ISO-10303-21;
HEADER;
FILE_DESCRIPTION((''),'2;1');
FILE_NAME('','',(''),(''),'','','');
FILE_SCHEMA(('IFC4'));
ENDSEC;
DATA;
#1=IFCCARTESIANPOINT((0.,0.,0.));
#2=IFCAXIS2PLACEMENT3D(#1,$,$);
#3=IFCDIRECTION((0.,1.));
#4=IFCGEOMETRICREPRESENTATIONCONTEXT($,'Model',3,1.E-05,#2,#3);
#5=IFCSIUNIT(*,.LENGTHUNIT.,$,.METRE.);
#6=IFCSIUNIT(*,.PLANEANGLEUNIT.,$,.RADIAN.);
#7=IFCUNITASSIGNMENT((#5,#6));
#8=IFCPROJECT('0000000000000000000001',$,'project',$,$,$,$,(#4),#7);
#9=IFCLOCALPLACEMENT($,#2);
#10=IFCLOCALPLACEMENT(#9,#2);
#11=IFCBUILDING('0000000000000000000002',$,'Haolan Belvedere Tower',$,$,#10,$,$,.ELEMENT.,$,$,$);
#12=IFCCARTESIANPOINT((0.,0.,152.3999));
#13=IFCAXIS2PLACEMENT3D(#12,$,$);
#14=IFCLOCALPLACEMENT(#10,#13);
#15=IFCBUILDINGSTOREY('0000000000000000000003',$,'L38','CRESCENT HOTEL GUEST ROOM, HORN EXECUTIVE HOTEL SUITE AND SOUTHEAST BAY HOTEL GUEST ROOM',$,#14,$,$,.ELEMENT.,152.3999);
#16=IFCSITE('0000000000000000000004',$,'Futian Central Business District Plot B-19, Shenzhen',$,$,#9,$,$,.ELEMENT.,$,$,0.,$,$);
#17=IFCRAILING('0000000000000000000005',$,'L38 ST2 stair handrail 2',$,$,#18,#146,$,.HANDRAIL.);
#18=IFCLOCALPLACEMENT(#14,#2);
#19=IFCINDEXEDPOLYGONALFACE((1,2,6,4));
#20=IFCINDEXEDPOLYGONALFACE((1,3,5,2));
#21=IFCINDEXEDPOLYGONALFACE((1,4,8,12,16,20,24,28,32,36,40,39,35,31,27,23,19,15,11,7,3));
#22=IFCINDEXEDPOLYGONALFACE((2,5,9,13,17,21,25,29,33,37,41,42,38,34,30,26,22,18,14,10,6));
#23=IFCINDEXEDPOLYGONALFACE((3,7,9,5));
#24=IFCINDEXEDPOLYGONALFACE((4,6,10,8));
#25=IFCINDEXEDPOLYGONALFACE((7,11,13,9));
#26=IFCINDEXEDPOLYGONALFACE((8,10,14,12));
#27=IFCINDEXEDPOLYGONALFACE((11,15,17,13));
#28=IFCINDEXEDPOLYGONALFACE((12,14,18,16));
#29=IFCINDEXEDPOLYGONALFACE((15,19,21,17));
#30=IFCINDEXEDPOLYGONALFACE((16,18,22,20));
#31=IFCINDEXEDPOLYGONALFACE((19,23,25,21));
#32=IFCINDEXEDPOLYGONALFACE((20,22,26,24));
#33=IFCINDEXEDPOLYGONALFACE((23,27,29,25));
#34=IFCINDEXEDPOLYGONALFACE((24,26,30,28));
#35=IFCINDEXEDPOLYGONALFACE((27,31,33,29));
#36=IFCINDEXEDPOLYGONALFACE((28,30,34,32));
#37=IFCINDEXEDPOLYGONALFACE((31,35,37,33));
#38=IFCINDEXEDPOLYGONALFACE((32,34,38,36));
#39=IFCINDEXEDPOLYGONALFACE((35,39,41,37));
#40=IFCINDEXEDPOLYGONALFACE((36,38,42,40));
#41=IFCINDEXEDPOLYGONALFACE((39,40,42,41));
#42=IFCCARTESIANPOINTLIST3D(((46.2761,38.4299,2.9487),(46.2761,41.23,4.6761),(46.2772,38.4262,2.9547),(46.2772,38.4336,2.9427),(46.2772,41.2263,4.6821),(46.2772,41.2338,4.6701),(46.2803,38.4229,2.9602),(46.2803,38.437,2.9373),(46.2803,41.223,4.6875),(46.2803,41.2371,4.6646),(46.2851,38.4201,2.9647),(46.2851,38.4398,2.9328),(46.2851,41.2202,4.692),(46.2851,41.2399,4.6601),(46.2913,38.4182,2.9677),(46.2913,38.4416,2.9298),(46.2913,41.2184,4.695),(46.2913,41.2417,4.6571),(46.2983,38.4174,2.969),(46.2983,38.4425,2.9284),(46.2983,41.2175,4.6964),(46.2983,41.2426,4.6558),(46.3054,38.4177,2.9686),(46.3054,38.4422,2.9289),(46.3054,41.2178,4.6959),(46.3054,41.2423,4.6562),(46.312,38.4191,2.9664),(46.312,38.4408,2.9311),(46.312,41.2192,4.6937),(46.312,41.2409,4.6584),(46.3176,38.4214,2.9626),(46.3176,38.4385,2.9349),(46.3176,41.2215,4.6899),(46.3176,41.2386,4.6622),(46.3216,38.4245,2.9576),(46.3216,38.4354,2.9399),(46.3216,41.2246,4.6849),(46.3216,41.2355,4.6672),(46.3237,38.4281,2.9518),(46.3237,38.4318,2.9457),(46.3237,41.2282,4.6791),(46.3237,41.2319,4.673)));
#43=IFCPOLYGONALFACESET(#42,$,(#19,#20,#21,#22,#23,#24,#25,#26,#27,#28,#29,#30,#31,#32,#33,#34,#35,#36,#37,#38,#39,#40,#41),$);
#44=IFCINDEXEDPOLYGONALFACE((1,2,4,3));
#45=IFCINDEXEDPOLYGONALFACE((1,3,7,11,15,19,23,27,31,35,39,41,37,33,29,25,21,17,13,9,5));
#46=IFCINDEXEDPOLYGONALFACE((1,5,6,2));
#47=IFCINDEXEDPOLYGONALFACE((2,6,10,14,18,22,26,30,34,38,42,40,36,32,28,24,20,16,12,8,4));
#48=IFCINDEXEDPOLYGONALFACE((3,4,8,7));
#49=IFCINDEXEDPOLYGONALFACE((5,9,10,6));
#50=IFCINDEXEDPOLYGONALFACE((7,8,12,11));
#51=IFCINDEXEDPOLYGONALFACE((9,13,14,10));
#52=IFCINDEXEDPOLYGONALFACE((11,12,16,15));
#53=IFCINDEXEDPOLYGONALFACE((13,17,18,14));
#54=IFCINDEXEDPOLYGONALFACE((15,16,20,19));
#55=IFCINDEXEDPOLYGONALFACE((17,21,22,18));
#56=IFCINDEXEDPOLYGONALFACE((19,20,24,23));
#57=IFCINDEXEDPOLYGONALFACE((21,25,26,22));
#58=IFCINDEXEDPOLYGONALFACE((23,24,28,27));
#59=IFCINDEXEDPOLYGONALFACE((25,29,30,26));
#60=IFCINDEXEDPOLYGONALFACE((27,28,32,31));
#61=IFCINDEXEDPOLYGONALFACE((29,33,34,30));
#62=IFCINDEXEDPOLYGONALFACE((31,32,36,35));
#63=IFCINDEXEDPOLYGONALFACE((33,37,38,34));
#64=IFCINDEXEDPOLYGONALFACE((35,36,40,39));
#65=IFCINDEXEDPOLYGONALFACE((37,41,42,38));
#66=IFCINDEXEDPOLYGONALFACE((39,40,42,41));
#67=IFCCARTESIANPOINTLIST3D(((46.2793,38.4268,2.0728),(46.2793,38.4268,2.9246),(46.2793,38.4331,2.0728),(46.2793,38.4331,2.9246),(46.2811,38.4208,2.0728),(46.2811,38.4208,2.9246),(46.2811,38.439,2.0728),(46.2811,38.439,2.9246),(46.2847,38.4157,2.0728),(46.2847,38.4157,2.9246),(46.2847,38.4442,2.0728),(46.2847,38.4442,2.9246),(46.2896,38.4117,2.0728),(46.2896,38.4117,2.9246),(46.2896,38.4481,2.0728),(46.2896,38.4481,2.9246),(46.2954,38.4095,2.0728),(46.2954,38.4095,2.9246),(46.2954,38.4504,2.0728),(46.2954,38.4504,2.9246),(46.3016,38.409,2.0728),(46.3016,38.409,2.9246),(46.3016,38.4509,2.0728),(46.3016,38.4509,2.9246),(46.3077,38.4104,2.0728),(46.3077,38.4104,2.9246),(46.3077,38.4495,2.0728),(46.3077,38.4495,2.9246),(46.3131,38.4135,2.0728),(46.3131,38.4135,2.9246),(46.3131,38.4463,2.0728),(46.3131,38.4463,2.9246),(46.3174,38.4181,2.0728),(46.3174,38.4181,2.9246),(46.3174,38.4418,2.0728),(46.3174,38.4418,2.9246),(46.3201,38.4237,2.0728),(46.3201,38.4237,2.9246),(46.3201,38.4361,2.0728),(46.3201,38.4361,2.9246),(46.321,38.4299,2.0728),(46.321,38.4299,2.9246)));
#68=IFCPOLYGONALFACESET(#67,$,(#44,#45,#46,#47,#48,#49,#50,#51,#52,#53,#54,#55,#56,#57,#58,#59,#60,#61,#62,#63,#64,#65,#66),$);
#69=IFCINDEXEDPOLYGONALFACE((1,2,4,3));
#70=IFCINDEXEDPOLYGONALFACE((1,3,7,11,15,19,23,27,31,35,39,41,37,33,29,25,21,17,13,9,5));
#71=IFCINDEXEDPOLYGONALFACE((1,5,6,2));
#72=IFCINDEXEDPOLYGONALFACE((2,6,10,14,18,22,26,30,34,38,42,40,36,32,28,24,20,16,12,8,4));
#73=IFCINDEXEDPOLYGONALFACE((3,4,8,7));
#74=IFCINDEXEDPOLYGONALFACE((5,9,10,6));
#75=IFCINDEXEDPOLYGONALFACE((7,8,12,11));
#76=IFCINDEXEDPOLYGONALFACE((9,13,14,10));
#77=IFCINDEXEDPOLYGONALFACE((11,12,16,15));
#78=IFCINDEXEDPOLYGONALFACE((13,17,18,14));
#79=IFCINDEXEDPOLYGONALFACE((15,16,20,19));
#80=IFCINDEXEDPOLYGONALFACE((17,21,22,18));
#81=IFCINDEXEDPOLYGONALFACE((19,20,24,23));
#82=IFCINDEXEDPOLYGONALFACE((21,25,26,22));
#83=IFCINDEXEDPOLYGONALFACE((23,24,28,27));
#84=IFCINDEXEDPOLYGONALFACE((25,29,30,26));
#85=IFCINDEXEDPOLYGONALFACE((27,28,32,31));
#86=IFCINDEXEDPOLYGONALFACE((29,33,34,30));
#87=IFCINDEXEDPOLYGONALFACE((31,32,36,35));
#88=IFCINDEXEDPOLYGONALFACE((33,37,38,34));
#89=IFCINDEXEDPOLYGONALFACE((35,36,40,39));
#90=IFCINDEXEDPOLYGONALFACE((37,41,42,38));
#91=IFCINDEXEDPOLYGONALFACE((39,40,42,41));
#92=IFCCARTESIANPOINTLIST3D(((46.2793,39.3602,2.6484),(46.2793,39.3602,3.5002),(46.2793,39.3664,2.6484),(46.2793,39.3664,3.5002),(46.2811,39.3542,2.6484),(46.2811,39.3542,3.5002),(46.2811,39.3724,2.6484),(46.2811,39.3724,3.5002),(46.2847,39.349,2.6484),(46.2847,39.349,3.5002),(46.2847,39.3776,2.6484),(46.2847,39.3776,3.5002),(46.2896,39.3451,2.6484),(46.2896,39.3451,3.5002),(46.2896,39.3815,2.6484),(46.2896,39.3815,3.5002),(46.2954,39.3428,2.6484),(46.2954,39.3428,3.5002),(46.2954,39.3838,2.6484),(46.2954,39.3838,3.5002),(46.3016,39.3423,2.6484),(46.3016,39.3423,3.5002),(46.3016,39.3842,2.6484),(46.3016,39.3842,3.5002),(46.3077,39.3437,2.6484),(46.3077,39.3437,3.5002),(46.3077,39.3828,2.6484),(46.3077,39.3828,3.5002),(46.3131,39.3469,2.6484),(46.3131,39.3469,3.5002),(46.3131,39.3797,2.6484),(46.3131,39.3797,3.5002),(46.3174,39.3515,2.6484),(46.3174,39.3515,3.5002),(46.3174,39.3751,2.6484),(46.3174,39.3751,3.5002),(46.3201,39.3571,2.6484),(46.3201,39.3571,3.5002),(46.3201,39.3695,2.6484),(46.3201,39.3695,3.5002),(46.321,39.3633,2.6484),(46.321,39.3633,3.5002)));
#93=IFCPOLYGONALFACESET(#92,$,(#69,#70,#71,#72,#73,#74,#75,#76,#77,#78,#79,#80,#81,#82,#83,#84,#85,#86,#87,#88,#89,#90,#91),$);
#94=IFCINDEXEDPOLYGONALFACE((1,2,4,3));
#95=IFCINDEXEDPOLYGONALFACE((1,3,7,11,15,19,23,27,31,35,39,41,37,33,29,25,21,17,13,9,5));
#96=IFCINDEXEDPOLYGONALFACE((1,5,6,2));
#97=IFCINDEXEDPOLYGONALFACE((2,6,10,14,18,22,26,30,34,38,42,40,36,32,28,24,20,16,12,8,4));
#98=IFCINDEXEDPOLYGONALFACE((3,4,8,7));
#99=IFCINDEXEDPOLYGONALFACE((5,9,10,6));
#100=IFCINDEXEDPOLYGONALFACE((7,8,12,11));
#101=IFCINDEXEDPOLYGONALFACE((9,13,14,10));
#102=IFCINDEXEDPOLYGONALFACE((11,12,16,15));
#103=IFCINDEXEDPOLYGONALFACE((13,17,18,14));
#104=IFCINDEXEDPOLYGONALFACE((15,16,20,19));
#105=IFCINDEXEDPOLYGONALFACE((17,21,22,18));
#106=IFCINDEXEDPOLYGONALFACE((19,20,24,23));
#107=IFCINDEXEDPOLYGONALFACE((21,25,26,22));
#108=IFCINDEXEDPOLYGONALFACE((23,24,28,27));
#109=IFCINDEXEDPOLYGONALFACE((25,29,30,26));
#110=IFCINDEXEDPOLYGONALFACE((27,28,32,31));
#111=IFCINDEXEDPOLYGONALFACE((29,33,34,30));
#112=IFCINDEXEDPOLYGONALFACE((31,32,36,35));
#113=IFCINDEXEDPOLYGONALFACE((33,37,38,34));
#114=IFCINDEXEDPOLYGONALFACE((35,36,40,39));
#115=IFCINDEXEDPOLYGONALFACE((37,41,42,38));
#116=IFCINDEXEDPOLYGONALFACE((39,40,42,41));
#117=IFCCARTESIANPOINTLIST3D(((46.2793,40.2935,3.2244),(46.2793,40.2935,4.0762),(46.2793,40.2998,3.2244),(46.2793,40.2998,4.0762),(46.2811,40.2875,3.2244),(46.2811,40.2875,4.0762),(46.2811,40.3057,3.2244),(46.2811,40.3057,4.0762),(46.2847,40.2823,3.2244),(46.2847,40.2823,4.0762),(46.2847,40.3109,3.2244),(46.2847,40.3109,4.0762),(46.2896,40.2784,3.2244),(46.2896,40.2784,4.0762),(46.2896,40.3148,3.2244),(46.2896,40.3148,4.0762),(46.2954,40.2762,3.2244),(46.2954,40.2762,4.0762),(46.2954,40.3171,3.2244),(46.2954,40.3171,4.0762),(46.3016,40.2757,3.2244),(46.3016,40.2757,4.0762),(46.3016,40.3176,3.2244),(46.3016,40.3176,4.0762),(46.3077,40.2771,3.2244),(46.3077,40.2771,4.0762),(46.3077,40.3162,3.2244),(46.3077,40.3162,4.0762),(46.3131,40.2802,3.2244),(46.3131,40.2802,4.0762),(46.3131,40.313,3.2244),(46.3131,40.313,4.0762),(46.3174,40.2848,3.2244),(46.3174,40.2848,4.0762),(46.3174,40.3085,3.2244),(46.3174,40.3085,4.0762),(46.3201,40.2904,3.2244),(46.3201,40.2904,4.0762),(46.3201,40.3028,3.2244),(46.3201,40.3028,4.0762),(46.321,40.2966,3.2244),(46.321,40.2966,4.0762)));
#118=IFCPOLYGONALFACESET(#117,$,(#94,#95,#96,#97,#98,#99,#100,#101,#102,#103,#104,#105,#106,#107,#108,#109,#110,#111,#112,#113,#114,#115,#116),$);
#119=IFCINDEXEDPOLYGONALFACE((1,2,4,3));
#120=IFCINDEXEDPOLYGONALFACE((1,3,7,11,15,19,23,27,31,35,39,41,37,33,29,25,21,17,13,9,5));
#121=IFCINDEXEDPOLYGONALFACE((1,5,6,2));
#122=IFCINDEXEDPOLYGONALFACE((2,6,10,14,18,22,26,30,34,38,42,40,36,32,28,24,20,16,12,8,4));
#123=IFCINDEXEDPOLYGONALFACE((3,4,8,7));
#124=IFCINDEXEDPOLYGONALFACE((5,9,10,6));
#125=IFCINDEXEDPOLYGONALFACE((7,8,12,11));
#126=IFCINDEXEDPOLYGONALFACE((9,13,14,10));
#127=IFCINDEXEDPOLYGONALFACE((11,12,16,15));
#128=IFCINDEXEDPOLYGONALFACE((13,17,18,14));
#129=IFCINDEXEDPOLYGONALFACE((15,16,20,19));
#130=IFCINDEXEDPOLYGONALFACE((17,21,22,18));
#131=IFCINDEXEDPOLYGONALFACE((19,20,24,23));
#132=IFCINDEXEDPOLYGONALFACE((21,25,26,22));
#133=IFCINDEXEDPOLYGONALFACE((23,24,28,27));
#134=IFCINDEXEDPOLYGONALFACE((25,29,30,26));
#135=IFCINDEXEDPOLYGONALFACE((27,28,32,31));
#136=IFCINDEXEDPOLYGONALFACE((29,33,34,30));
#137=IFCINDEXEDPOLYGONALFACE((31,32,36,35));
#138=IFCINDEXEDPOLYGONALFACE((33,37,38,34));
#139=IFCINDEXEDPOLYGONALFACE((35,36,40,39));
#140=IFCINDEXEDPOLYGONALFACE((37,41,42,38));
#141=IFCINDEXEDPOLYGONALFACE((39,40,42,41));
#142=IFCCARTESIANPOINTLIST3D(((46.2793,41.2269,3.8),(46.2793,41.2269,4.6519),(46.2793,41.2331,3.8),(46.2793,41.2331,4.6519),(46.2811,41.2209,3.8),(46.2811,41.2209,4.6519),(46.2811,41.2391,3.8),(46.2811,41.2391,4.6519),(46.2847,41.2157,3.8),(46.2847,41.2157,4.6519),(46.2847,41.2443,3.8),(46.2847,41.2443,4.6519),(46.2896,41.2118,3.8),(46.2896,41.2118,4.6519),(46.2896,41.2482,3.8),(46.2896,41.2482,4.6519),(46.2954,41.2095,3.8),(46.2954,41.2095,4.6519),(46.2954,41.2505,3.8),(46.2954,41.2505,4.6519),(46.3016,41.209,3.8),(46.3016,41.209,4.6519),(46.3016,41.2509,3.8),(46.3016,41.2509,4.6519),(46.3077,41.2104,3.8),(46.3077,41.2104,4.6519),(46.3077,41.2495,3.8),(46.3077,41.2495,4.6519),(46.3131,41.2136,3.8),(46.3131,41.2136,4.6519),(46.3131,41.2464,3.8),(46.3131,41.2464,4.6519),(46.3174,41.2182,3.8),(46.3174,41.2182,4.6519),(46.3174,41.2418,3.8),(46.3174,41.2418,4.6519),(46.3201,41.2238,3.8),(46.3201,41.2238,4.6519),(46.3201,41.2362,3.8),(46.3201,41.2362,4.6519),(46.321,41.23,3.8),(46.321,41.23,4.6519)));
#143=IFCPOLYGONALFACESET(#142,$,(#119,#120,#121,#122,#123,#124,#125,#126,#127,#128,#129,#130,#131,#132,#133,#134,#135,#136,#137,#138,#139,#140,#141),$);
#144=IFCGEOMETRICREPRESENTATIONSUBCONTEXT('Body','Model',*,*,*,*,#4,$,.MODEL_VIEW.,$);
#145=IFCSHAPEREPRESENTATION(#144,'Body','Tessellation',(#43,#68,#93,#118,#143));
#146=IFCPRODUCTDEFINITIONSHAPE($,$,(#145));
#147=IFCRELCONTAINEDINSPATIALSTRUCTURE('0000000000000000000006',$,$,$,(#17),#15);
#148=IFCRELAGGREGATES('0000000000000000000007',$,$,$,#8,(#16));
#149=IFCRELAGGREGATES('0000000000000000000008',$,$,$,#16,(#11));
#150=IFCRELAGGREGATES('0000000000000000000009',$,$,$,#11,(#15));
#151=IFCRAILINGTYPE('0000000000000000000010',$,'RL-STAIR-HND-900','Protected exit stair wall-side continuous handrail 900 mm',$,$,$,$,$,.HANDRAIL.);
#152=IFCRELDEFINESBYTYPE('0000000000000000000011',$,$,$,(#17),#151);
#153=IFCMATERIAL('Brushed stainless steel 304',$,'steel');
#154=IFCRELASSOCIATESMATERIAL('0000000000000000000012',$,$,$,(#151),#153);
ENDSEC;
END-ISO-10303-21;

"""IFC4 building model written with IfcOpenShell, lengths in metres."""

from ifc_helpers import new_model, si_unit, direction, frame, origin, origin_2d, place, context, subcontext, project, spatial, circle, extrude, material, type_object, element, save


model = new_model("IFC4")

# Units and contexts
model_context = context("Model", 3, precision=1e-05, world=origin(), true_north=direction((0.0, 1.0)))
body_context = subcontext(model_context, "Body", "Model", "MODEL_VIEW")
ifc_project = project(units=[si_unit("LENGTHUNIT", "METRE"), si_unit("PLANEANGLEUNIT", "RADIAN")], contexts=[model_context])

# Site, building, storey
site_placement = place(None, origin())
site = spatial("IfcSite", under=ifc_project, at=site_placement, Name="Futian Central Business District Plot B-19, Shenzhen", CompositionType="ELEMENT", RefElevation=0.0)
building_placement = place(site_placement, origin())
building = spatial("IfcBuilding", under=site, at=building_placement, Name="Haolan Belvedere Tower", CompositionType="ELEMENT")
storey_placement = place(building_placement, frame((0.0, 0.0, 152.3999)))
storey = spatial("IfcBuildingStorey", under=building, at=storey_placement, Name="L38", Description="CRESCENT HOTEL GUEST ROOM, HORN EXECUTIVE HOTEL SUITE AND SOUTHEAST BAY HOTEL GUEST ROOM", CompositionType="ELEMENT", Elevation=152.3999)

# Railing
ifc_material_1 = material(Name="Brushed stainless steel 304", Category="steel")
railing_type_1 = type_object("IfcRailingType", Name="RL-STAIR-HND-900", Description="Protected exit stair wall-side continuous handrail 900 mm", PredefinedType="HANDRAIL", material=ifc_material_1)
railing_1_placement = place(storey_placement, frame((46.3, 38.4299, 2.0728)))
element("IfcRailing", 1, at=railing_1_placement, inside=storey, type_object=railing_type_1, Name="L38 ST2 stair handrail 2", PredefinedType="HANDRAIL", context=body_context, shape_type="SweptSolid", body=[
    extrude(circle(Radius=0.0239, at=origin_2d()), frame((0.0, 0.0, 0.876), z_axis=(0.0, 0.85109, 0.52502), x_axis=(-1.0, 0.0, 0.0)), (0.0, 0.0, 1.0), 3.29),
    extrude(circle(Radius=0.021, at=origin_2d()), origin(), (0.0, 0.0, 1.0), 0.8518),
    extrude(circle(Radius=0.021, at=origin_2d()), frame((0.0, 0.9333, 0.5757)), (0.0, 0.0, 1.0), 0.8518),
    extrude(circle(Radius=0.021, at=origin_2d()), frame((0.0, 1.8667, 1.1516)), (0.0, 0.0, 1.0), 0.8518),
    extrude(circle(Radius=0.021, at=origin_2d()), frame((0.0, 2.8, 1.7273)), (0.0, 0.0, 1.0), 0.8518),
])

save(model, "model.ifc")
